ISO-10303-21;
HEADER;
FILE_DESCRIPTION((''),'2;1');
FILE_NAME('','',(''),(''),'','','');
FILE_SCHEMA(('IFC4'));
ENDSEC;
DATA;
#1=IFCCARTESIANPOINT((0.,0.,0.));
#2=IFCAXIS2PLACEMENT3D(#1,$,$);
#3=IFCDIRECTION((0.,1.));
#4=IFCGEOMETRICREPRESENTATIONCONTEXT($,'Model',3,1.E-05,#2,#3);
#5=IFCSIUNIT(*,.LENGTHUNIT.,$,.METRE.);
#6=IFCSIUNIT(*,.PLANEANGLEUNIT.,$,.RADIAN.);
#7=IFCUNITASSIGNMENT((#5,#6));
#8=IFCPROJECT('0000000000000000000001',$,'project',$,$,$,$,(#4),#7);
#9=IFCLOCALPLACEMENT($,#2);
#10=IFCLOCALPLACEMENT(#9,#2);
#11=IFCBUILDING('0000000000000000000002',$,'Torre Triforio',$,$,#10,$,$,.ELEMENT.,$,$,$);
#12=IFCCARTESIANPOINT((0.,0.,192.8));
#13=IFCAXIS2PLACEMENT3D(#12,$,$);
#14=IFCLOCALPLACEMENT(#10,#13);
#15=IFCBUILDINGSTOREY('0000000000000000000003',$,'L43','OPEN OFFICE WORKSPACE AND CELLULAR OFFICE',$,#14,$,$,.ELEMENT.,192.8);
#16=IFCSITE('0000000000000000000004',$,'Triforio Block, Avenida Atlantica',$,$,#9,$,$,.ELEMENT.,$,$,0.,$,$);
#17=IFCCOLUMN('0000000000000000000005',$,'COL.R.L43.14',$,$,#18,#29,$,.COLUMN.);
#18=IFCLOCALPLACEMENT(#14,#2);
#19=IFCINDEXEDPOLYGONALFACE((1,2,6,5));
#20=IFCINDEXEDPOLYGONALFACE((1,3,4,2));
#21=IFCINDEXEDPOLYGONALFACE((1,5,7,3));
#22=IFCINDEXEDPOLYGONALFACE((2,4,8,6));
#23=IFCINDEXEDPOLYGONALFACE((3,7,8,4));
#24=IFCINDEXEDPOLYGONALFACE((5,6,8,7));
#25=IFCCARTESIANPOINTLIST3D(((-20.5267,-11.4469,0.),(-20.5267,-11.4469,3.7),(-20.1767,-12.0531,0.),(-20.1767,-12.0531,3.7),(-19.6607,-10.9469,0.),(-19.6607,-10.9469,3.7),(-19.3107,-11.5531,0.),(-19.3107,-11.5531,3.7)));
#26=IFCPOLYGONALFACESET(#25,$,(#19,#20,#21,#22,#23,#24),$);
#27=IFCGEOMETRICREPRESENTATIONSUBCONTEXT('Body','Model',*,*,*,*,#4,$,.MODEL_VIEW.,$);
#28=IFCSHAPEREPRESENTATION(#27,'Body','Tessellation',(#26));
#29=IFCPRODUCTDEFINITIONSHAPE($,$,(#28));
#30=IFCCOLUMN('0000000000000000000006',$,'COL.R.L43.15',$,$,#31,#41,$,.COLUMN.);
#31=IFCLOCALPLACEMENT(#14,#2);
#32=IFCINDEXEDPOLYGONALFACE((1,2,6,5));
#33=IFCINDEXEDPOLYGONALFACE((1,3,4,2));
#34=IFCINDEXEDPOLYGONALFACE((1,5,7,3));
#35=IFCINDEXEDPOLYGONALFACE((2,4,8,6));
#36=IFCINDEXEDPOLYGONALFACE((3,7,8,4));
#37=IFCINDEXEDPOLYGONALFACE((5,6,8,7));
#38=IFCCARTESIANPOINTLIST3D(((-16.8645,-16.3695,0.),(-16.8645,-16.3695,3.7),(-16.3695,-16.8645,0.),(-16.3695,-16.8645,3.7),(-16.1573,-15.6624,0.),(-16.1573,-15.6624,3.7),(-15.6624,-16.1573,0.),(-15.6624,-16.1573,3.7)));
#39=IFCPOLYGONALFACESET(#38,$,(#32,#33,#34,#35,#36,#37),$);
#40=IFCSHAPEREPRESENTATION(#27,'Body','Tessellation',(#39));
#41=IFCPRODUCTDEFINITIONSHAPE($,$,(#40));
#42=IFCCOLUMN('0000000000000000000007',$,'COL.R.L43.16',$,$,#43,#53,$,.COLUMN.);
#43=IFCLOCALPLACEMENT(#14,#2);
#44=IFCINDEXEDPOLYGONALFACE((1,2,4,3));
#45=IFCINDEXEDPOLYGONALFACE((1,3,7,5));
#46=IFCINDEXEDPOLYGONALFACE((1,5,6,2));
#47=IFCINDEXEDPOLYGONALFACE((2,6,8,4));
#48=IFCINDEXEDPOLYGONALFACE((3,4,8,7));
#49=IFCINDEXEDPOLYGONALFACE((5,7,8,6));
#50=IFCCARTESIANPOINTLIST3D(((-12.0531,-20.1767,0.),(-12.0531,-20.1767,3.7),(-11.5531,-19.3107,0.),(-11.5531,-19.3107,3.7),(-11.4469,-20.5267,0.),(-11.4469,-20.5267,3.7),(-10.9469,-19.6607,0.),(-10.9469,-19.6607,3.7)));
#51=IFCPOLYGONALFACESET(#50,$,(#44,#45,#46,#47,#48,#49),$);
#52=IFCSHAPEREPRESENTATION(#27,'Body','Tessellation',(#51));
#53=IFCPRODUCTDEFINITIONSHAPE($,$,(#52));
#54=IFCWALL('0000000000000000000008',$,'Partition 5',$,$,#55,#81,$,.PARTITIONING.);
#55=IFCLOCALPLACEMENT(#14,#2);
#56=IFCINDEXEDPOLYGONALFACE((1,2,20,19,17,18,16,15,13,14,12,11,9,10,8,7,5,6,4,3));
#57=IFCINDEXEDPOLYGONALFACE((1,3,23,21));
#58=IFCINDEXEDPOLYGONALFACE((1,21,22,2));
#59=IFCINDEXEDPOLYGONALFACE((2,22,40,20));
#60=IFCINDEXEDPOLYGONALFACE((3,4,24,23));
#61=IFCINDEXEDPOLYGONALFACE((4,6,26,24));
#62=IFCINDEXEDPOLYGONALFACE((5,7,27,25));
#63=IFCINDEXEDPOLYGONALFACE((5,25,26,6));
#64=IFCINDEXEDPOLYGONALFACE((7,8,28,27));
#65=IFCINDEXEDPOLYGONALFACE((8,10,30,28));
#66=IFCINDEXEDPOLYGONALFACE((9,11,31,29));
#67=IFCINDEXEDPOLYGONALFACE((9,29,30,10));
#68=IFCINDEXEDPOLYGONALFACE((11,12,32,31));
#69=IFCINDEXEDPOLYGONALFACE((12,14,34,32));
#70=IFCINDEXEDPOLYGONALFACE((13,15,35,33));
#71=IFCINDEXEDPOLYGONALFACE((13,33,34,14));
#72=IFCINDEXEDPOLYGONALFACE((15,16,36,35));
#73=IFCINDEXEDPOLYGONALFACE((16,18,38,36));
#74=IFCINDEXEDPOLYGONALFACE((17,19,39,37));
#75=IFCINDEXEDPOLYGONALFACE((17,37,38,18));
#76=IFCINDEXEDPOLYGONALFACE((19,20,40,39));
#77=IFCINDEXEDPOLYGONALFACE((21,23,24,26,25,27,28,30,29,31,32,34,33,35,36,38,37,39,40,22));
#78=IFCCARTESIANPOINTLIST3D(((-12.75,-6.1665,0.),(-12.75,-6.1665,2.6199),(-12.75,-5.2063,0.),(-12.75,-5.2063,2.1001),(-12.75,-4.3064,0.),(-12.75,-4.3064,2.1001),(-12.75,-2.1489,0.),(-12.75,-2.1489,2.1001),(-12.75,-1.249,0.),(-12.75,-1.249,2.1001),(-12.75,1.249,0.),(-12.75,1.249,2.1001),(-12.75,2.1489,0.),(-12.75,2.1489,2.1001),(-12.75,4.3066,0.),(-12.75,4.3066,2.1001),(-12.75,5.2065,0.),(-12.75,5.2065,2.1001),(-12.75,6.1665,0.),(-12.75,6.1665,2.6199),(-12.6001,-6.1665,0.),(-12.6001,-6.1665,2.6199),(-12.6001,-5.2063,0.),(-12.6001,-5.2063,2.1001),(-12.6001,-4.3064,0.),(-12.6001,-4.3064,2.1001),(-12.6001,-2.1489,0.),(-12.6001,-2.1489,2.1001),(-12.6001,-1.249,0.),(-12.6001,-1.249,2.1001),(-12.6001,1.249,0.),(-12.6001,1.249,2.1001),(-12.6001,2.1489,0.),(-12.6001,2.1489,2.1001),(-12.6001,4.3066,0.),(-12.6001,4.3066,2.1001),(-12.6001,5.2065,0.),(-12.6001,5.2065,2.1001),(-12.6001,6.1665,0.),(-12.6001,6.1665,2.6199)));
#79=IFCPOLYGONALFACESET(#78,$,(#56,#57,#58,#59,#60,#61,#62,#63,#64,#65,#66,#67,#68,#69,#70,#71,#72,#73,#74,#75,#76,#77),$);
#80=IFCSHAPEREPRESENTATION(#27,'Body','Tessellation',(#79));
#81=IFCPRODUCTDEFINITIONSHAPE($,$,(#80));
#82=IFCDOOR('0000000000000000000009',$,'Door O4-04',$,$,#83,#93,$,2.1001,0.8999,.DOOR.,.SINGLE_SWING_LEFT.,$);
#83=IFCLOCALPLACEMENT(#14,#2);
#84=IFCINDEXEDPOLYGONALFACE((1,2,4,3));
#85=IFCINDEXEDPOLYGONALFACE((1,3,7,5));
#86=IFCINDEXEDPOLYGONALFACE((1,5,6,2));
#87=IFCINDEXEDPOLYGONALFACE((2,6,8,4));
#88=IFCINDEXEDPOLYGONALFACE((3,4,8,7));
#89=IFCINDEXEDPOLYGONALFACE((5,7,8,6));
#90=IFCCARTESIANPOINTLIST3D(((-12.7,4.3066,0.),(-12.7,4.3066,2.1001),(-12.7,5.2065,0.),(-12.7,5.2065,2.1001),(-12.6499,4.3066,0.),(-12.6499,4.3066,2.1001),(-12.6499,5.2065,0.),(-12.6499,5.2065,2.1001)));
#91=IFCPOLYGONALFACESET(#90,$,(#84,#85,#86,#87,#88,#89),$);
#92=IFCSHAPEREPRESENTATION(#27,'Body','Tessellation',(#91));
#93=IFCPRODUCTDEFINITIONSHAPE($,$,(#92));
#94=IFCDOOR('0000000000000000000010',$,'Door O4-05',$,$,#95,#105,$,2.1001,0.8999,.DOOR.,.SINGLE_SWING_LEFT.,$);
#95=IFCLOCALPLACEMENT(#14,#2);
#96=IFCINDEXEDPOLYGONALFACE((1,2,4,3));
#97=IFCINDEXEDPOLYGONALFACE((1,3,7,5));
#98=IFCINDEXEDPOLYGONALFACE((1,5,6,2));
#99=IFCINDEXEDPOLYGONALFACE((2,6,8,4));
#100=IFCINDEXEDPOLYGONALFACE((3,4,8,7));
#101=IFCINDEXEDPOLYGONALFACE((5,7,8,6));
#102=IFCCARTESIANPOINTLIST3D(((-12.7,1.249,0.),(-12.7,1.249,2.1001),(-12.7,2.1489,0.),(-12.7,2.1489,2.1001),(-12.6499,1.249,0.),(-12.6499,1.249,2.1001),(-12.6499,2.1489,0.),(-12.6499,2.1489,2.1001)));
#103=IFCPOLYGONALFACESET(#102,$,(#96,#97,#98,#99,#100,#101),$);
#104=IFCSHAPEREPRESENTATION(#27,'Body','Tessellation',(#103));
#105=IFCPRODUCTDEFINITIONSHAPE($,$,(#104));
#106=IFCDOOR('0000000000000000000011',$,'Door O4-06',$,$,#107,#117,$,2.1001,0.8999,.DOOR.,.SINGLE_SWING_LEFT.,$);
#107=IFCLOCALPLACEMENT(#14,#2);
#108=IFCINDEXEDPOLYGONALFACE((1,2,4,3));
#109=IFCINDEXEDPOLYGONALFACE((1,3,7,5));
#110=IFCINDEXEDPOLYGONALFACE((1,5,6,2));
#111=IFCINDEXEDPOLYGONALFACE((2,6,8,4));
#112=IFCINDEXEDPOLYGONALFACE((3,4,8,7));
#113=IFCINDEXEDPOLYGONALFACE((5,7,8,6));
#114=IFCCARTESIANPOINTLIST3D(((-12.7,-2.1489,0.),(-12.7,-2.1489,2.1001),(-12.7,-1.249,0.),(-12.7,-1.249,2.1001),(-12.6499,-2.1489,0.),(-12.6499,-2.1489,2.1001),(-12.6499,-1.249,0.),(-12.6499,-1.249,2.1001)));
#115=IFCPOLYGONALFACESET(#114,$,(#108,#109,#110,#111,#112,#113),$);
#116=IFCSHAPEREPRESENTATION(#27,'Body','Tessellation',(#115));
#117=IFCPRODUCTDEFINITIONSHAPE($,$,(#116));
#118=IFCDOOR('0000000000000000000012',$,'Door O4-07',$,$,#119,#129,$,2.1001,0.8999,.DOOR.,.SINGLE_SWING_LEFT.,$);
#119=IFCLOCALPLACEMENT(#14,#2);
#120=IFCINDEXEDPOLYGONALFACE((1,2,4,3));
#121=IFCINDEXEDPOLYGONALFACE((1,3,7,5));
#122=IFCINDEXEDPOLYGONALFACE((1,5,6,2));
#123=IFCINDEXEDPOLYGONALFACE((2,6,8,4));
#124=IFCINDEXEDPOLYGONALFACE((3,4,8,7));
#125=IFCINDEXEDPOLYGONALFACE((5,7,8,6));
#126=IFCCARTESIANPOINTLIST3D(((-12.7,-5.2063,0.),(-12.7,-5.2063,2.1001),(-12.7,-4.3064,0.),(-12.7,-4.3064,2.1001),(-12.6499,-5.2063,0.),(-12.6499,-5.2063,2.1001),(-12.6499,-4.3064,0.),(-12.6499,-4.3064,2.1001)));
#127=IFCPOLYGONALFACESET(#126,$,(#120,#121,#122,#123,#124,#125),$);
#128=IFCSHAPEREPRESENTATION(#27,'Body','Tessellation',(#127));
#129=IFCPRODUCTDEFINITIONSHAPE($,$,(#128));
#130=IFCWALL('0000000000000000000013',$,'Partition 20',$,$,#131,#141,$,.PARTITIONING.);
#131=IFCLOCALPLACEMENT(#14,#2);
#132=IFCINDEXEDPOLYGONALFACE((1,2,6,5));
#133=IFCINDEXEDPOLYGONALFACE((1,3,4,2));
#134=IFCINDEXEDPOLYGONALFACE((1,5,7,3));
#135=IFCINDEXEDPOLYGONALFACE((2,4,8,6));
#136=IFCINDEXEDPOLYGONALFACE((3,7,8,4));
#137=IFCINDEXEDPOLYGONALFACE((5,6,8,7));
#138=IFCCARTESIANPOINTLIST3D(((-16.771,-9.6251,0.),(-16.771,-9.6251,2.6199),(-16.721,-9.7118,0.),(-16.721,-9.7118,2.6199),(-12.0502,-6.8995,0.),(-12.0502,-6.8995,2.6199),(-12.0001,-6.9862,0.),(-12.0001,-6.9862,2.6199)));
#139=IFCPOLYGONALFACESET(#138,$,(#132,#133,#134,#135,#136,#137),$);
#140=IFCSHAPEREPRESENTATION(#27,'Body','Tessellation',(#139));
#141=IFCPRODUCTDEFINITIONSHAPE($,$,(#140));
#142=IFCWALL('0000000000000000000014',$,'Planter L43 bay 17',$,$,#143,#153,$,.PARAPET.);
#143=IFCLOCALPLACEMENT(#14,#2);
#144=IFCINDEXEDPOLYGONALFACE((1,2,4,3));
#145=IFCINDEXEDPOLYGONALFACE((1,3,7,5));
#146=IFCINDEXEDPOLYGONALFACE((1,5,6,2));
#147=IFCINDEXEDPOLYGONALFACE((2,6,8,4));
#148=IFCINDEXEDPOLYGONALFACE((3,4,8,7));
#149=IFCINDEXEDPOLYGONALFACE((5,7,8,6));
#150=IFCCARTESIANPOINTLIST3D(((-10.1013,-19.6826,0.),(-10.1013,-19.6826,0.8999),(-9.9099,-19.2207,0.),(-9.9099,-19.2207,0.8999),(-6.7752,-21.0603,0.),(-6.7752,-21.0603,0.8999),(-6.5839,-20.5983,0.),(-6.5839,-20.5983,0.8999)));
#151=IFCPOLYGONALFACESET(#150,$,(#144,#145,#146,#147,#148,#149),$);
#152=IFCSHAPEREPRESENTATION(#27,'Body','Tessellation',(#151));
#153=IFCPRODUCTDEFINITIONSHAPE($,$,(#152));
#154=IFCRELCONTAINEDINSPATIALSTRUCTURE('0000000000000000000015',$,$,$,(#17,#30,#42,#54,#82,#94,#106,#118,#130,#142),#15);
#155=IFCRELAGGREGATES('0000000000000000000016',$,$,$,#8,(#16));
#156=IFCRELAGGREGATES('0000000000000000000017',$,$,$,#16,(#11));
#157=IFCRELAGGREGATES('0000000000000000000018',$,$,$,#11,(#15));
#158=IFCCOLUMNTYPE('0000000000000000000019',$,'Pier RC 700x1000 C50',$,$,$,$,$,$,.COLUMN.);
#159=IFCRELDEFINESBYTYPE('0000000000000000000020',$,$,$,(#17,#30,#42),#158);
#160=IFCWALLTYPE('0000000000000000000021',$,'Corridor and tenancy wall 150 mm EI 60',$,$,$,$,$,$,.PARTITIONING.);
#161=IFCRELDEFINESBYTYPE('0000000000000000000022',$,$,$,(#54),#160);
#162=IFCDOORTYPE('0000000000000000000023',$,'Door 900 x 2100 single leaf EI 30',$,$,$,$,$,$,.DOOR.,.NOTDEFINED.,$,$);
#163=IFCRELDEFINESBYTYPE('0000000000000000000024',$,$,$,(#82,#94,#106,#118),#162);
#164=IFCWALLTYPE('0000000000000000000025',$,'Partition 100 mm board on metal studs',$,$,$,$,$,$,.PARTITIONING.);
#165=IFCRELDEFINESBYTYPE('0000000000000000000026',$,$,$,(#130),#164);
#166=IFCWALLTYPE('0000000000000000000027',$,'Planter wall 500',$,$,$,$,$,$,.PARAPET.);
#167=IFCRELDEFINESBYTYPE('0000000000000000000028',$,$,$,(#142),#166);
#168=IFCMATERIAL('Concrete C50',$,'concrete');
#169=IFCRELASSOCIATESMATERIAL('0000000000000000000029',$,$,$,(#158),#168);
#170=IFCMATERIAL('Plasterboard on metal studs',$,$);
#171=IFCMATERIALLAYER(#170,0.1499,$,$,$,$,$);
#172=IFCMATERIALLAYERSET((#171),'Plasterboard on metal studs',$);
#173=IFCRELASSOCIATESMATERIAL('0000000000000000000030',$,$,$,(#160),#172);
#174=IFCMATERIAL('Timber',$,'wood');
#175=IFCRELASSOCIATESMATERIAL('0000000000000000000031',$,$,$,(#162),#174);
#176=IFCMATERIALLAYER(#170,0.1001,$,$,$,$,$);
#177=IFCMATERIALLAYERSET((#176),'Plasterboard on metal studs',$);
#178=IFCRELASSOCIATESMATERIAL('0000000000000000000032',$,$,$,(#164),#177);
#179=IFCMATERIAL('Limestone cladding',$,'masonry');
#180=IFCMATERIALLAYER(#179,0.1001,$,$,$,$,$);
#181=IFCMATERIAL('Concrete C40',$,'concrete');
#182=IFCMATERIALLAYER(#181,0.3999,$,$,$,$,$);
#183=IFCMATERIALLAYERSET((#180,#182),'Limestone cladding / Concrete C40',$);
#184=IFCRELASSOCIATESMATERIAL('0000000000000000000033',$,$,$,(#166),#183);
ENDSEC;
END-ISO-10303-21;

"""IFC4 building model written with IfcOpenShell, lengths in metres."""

from ifc_helpers import new_model, si_unit, direction, frame, frame_2d, origin, origin_2d, place, context, subcontext, project, spatial, rectangle, extrude, material, layer, layer_set, material_profile, profile_set, type_object, element, fill, save


model = new_model("IFC4")

# Units and contexts
model_context = context("Model", 3, precision=1e-05, world=origin(), true_north=direction((0.0, 1.0)))
body_context = subcontext(model_context, "Body", "Model", "MODEL_VIEW")
ifc_project = project(units=[si_unit("LENGTHUNIT", "METRE"), si_unit("PLANEANGLEUNIT", "RADIAN")], contexts=[model_context])

# Site, building, storey
site_placement = place(None, origin())
site = spatial("IfcSite", under=ifc_project, at=site_placement, Name="Triforio Block, Avenida Atlantica", CompositionType="ELEMENT", RefElevation=0.0)
building_placement = place(site_placement, origin())
building = spatial("IfcBuilding", under=site, at=building_placement, Name="Torre Triforio", CompositionType="ELEMENT")
storey_placement = place(building_placement, frame((0.0, 0.0, 192.8)))
storey = spatial("IfcBuildingStorey", under=building, at=storey_placement, Name="L43", Description="OPEN OFFICE WORKSPACE AND CELLULAR OFFICE", CompositionType="ELEMENT", Elevation=192.8)

# Columns
ifc_material_1 = material(Name="Concrete C50", Category="concrete")
ifc_material_profile = material_profile(ifc_material_1, rectangle(XDim=0.7, YDim=1.0, at=origin_2d()), Name="RC 700x1000")
ifc_profile_set = profile_set([ifc_material_profile], Name="Concrete C50")
column_type = type_object("IfcColumnType", Name="Pier RC 700x1000 C50", PredefinedType="COLUMN", material=ifc_profile_set)
for number, where, z_axis, x_axis, name in (
    (1, (-19.9187, -11.5, 0.0), (0.0, 0.0, 1.0), (0.5, -0.866025, 0.0), "COL.R.L43.14"),
    (2, (-16.2634, -16.2634, 0.0), (0.0, 0.0, 1.0), (0.707107, -0.707107, 0.0), "COL.R.L43.15"),
    (3, (-11.5, -19.9187, 0.0), (0.0, 0.0, 1.0), (0.866025, -0.5, 0.0), "COL.R.L43.16"),
):
    element("IfcColumn", number, at=place(storey_placement, frame(where, z_axis=z_axis, x_axis=x_axis)), inside=storey, type_object=column_type, Name=name, PredefinedType="COLUMN", context=body_context, shape_type="SweptSolid", body=[
        extrude(rectangle(XDim=0.7, YDim=1.0, at=origin_2d()), origin(), (0.0, 0.0, 1.0), 3.7),
    ])

# Wall, openings, doors
ifc_material_2 = material(Name="Plasterboard on metal studs")
ifc_layer_1 = layer(ifc_material_2, 0.1499)
ifc_layer_set_1 = layer_set([ifc_layer_1], Name="Plasterboard on metal studs")
wall_type_1 = type_object("IfcWallType", Name="Corridor and tenancy wall 150 mm EI 60", PredefinedType="PARTITIONING", material=ifc_layer_set_1)
wall_1_placement = place(storey_placement, frame((-12.675, -6.1665, 0.0), z_axis=(0.0, 0.0, 1.0), x_axis=(0.0, 1.0, 0.0)))
wall_1 = element("IfcWall", 4, at=wall_1_placement, inside=storey, type_object=wall_type_1, Name="Partition 5", PredefinedType="PARTITIONING", context=body_context, shape_type="SweptSolid", body=[
    extrude(rectangle(XDim=12.333, YDim=0.1499, at=frame_2d((6.1665, 0.0))), origin(), (0.0, 0.0, 1.0), 2.6199),
])
opening_1_placement = place(wall_1_placement, frame((10.4731, 0.0, 0.0)))
opening_1 = element("IfcOpeningElement", 5, at=opening_1_placement, cuts=wall_1, PredefinedType="OPENING", context=body_context, shape_type="SweptSolid", body=[
    extrude(rectangle(XDim=0.8999, YDim=2.1001, at=frame_2d((0.45, 1.05))), frame((0.0, 0.085, 0.0), z_axis=(0.0, -1.0, 0.0), x_axis=(1.0, 0.0, 0.0)), (0.0, 0.0, 1.0), 0.1699),
])
opening_2_placement = place(wall_1_placement, frame((7.4155, 0.0, 0.0)))
opening_2 = element("IfcOpeningElement", 6, at=opening_2_placement, cuts=wall_1, PredefinedType="OPENING", context=body_context, shape_type="SweptSolid", body=[
    extrude(rectangle(XDim=0.8999, YDim=2.1001, at=frame_2d((0.45, 1.05))), frame((0.0, 0.085, 0.0), z_axis=(0.0, -1.0, 0.0), x_axis=(1.0, 0.0, 0.0)), (0.0, 0.0, 1.0), 0.1699),
])
opening_3_placement = place(wall_1_placement, frame((4.0176, 0.0, 0.0)))
opening_3 = element("IfcOpeningElement", 7, at=opening_3_placement, cuts=wall_1, PredefinedType="OPENING", context=body_context, shape_type="SweptSolid", body=[
    extrude(rectangle(XDim=0.8999, YDim=2.1001, at=frame_2d((0.45, 1.05))), frame((0.0, 0.085, 0.0), z_axis=(0.0, -1.0, 0.0), x_axis=(1.0, 0.0, 0.0)), (0.0, 0.0, 1.0), 0.1699),
])
opening_4_placement = place(wall_1_placement, frame((0.9602, 0.0, 0.0)))
opening_4 = element("IfcOpeningElement", 8, at=opening_4_placement, cuts=wall_1, PredefinedType="OPENING", context=body_context, shape_type="SweptSolid", body=[
    extrude(rectangle(XDim=0.8999, YDim=2.1001, at=frame_2d((0.45, 1.05))), frame((0.0, 0.085, 0.0), z_axis=(0.0, -1.0, 0.0), x_axis=(1.0, 0.0, 0.0)), (0.0, 0.0, 1.0), 0.1699),
])
ifc_material_3 = material(Name="Timber", Category="wood")
door_type_1 = type_object("IfcDoorType", Name="Door 900 x 2100 single leaf EI 30", OperationType="NOTDEFINED", PredefinedType="DOOR", material=ifc_material_3)
door_1_placement = place(opening_1_placement, origin())
door_1 = element("IfcDoor", 9, at=door_1_placement, inside=storey, type_object=door_type_1, Name="Door O4-04", OperationType="SINGLE_SWING_LEFT", OverallHeight=2.1001, OverallWidth=0.8999, PredefinedType="DOOR", context=body_context, shape_type="SweptSolid", body=[
    extrude(rectangle(XDim=0.8999, YDim=2.1001, at=frame_2d((0.45, 1.05))), frame((0.0, 0.0249, 0.0), z_axis=(0.0, -1.0, 0.0), x_axis=(1.0, 0.0, 0.0)), (0.0, 0.0, 1.0), 0.05),
])
fill(opening_1, door_1)
door_2_placement = place(opening_2_placement, origin())
door_2 = element("IfcDoor", 10, at=door_2_placement, inside=storey, type_object=door_type_1, Name="Door O4-05", OperationType="SINGLE_SWING_LEFT", OverallHeight=2.1001, OverallWidth=0.8999, PredefinedType="DOOR", context=body_context, shape_type="SweptSolid", body=[
    extrude(rectangle(XDim=0.8999, YDim=2.1001, at=frame_2d((0.45, 1.05))), frame((0.0, 0.0249, 0.0), z_axis=(0.0, -1.0, 0.0), x_axis=(1.0, 0.0, 0.0)), (0.0, 0.0, 1.0), 0.05),
])
fill(opening_2, door_2)
door_3_placement = place(opening_3_placement, origin())
door_3 = element("IfcDoor", 11, at=door_3_placement, inside=storey, type_object=door_type_1, Name="Door O4-06", OperationType="SINGLE_SWING_LEFT", OverallHeight=2.1001, OverallWidth=0.8999, PredefinedType="DOOR", context=body_context, shape_type="SweptSolid", body=[
    extrude(rectangle(XDim=0.8999, YDim=2.1001, at=frame_2d((0.45, 1.05))), frame((0.0, 0.0249, 0.0), z_axis=(0.0, -1.0, 0.0), x_axis=(1.0, 0.0, 0.0)), (0.0, 0.0, 1.0), 0.05),
])
fill(opening_3, door_3)
door_4_placement = place(opening_4_placement, origin())
door_4 = element("IfcDoor", 12, at=door_4_placement, inside=storey, type_object=door_type_1, Name="Door O4-07", OperationType="SINGLE_SWING_LEFT", OverallHeight=2.1001, OverallWidth=0.8999, PredefinedType="DOOR", context=body_context, shape_type="SweptSolid", body=[
    extrude(rectangle(XDim=0.8999, YDim=2.1001, at=frame_2d((0.45, 1.05))), frame((0.0, 0.0249, 0.0), z_axis=(0.0, -1.0, 0.0), x_axis=(1.0, 0.0, 0.0)), (0.0, 0.0, 1.0), 0.05),
])
fill(opening_4, door_4)

# Walls
ifc_layer_2 = layer(ifc_material_2, 0.1001)
ifc_layer_set_2 = layer_set([ifc_layer_2], Name="Plasterboard on metal studs")
wall_type_2 = type_object("IfcWallType", Name="Partition 100 mm board on metal studs", PredefinedType="PARTITIONING", material=ifc_layer_set_2)
wall_2_placement = place(storey_placement, frame((-12.0251, -6.9429, 0.0), z_axis=(0.0, 0.0, 1.0), x_axis=(-0.86603, -0.499993, 0.0)))
element("IfcWall", 13, at=wall_2_placement, inside=storey, type_object=wall_type_2, Name="Partition 20", PredefinedType="PARTITIONING", context=body_context, shape_type="SweptSolid", body=[
    extrude(rectangle(XDim=5.4512, YDim=0.1001, at=frame_2d((2.7256, 0.0))), origin(), (0.0, 0.0, 1.0), 2.6199),
])
ifc_material_4 = material(Name="Limestone cladding", Category="masonry")
ifc_layer_3 = layer(ifc_material_4, 0.1001)
ifc_material_5 = material(Name="Concrete C40", Category="concrete")
ifc_layer_4 = layer(ifc_material_5, 0.3999)
ifc_layer_set_3 = layer_set([ifc_layer_3, ifc_layer_4], Name="Limestone cladding / Concrete C40")
wall_type_3 = type_object("IfcWallType", Name="Planter wall 500", PredefinedType="PARAPET", material=ifc_layer_set_3)
wall_3_placement = place(storey_placement, frame((-10.0056, -19.4517, 0.0), z_axis=(0.0, 0.0, 1.0), x_axis=(0.923885, -0.382669, 0.0)))
element("IfcWall", 14, at=wall_3_placement, inside=storey, type_object=wall_type_3, Name="Planter L43 bay 17", PredefinedType="PARAPET", context=body_context, shape_type="SweptSolid", body=[
    extrude(rectangle(XDim=3.6001, YDim=0.5, at=frame_2d((1.8, 0.0))), origin(), (0.0, 0.0, 1.0), 0.8999),
])

save(model, "model.ifc")
